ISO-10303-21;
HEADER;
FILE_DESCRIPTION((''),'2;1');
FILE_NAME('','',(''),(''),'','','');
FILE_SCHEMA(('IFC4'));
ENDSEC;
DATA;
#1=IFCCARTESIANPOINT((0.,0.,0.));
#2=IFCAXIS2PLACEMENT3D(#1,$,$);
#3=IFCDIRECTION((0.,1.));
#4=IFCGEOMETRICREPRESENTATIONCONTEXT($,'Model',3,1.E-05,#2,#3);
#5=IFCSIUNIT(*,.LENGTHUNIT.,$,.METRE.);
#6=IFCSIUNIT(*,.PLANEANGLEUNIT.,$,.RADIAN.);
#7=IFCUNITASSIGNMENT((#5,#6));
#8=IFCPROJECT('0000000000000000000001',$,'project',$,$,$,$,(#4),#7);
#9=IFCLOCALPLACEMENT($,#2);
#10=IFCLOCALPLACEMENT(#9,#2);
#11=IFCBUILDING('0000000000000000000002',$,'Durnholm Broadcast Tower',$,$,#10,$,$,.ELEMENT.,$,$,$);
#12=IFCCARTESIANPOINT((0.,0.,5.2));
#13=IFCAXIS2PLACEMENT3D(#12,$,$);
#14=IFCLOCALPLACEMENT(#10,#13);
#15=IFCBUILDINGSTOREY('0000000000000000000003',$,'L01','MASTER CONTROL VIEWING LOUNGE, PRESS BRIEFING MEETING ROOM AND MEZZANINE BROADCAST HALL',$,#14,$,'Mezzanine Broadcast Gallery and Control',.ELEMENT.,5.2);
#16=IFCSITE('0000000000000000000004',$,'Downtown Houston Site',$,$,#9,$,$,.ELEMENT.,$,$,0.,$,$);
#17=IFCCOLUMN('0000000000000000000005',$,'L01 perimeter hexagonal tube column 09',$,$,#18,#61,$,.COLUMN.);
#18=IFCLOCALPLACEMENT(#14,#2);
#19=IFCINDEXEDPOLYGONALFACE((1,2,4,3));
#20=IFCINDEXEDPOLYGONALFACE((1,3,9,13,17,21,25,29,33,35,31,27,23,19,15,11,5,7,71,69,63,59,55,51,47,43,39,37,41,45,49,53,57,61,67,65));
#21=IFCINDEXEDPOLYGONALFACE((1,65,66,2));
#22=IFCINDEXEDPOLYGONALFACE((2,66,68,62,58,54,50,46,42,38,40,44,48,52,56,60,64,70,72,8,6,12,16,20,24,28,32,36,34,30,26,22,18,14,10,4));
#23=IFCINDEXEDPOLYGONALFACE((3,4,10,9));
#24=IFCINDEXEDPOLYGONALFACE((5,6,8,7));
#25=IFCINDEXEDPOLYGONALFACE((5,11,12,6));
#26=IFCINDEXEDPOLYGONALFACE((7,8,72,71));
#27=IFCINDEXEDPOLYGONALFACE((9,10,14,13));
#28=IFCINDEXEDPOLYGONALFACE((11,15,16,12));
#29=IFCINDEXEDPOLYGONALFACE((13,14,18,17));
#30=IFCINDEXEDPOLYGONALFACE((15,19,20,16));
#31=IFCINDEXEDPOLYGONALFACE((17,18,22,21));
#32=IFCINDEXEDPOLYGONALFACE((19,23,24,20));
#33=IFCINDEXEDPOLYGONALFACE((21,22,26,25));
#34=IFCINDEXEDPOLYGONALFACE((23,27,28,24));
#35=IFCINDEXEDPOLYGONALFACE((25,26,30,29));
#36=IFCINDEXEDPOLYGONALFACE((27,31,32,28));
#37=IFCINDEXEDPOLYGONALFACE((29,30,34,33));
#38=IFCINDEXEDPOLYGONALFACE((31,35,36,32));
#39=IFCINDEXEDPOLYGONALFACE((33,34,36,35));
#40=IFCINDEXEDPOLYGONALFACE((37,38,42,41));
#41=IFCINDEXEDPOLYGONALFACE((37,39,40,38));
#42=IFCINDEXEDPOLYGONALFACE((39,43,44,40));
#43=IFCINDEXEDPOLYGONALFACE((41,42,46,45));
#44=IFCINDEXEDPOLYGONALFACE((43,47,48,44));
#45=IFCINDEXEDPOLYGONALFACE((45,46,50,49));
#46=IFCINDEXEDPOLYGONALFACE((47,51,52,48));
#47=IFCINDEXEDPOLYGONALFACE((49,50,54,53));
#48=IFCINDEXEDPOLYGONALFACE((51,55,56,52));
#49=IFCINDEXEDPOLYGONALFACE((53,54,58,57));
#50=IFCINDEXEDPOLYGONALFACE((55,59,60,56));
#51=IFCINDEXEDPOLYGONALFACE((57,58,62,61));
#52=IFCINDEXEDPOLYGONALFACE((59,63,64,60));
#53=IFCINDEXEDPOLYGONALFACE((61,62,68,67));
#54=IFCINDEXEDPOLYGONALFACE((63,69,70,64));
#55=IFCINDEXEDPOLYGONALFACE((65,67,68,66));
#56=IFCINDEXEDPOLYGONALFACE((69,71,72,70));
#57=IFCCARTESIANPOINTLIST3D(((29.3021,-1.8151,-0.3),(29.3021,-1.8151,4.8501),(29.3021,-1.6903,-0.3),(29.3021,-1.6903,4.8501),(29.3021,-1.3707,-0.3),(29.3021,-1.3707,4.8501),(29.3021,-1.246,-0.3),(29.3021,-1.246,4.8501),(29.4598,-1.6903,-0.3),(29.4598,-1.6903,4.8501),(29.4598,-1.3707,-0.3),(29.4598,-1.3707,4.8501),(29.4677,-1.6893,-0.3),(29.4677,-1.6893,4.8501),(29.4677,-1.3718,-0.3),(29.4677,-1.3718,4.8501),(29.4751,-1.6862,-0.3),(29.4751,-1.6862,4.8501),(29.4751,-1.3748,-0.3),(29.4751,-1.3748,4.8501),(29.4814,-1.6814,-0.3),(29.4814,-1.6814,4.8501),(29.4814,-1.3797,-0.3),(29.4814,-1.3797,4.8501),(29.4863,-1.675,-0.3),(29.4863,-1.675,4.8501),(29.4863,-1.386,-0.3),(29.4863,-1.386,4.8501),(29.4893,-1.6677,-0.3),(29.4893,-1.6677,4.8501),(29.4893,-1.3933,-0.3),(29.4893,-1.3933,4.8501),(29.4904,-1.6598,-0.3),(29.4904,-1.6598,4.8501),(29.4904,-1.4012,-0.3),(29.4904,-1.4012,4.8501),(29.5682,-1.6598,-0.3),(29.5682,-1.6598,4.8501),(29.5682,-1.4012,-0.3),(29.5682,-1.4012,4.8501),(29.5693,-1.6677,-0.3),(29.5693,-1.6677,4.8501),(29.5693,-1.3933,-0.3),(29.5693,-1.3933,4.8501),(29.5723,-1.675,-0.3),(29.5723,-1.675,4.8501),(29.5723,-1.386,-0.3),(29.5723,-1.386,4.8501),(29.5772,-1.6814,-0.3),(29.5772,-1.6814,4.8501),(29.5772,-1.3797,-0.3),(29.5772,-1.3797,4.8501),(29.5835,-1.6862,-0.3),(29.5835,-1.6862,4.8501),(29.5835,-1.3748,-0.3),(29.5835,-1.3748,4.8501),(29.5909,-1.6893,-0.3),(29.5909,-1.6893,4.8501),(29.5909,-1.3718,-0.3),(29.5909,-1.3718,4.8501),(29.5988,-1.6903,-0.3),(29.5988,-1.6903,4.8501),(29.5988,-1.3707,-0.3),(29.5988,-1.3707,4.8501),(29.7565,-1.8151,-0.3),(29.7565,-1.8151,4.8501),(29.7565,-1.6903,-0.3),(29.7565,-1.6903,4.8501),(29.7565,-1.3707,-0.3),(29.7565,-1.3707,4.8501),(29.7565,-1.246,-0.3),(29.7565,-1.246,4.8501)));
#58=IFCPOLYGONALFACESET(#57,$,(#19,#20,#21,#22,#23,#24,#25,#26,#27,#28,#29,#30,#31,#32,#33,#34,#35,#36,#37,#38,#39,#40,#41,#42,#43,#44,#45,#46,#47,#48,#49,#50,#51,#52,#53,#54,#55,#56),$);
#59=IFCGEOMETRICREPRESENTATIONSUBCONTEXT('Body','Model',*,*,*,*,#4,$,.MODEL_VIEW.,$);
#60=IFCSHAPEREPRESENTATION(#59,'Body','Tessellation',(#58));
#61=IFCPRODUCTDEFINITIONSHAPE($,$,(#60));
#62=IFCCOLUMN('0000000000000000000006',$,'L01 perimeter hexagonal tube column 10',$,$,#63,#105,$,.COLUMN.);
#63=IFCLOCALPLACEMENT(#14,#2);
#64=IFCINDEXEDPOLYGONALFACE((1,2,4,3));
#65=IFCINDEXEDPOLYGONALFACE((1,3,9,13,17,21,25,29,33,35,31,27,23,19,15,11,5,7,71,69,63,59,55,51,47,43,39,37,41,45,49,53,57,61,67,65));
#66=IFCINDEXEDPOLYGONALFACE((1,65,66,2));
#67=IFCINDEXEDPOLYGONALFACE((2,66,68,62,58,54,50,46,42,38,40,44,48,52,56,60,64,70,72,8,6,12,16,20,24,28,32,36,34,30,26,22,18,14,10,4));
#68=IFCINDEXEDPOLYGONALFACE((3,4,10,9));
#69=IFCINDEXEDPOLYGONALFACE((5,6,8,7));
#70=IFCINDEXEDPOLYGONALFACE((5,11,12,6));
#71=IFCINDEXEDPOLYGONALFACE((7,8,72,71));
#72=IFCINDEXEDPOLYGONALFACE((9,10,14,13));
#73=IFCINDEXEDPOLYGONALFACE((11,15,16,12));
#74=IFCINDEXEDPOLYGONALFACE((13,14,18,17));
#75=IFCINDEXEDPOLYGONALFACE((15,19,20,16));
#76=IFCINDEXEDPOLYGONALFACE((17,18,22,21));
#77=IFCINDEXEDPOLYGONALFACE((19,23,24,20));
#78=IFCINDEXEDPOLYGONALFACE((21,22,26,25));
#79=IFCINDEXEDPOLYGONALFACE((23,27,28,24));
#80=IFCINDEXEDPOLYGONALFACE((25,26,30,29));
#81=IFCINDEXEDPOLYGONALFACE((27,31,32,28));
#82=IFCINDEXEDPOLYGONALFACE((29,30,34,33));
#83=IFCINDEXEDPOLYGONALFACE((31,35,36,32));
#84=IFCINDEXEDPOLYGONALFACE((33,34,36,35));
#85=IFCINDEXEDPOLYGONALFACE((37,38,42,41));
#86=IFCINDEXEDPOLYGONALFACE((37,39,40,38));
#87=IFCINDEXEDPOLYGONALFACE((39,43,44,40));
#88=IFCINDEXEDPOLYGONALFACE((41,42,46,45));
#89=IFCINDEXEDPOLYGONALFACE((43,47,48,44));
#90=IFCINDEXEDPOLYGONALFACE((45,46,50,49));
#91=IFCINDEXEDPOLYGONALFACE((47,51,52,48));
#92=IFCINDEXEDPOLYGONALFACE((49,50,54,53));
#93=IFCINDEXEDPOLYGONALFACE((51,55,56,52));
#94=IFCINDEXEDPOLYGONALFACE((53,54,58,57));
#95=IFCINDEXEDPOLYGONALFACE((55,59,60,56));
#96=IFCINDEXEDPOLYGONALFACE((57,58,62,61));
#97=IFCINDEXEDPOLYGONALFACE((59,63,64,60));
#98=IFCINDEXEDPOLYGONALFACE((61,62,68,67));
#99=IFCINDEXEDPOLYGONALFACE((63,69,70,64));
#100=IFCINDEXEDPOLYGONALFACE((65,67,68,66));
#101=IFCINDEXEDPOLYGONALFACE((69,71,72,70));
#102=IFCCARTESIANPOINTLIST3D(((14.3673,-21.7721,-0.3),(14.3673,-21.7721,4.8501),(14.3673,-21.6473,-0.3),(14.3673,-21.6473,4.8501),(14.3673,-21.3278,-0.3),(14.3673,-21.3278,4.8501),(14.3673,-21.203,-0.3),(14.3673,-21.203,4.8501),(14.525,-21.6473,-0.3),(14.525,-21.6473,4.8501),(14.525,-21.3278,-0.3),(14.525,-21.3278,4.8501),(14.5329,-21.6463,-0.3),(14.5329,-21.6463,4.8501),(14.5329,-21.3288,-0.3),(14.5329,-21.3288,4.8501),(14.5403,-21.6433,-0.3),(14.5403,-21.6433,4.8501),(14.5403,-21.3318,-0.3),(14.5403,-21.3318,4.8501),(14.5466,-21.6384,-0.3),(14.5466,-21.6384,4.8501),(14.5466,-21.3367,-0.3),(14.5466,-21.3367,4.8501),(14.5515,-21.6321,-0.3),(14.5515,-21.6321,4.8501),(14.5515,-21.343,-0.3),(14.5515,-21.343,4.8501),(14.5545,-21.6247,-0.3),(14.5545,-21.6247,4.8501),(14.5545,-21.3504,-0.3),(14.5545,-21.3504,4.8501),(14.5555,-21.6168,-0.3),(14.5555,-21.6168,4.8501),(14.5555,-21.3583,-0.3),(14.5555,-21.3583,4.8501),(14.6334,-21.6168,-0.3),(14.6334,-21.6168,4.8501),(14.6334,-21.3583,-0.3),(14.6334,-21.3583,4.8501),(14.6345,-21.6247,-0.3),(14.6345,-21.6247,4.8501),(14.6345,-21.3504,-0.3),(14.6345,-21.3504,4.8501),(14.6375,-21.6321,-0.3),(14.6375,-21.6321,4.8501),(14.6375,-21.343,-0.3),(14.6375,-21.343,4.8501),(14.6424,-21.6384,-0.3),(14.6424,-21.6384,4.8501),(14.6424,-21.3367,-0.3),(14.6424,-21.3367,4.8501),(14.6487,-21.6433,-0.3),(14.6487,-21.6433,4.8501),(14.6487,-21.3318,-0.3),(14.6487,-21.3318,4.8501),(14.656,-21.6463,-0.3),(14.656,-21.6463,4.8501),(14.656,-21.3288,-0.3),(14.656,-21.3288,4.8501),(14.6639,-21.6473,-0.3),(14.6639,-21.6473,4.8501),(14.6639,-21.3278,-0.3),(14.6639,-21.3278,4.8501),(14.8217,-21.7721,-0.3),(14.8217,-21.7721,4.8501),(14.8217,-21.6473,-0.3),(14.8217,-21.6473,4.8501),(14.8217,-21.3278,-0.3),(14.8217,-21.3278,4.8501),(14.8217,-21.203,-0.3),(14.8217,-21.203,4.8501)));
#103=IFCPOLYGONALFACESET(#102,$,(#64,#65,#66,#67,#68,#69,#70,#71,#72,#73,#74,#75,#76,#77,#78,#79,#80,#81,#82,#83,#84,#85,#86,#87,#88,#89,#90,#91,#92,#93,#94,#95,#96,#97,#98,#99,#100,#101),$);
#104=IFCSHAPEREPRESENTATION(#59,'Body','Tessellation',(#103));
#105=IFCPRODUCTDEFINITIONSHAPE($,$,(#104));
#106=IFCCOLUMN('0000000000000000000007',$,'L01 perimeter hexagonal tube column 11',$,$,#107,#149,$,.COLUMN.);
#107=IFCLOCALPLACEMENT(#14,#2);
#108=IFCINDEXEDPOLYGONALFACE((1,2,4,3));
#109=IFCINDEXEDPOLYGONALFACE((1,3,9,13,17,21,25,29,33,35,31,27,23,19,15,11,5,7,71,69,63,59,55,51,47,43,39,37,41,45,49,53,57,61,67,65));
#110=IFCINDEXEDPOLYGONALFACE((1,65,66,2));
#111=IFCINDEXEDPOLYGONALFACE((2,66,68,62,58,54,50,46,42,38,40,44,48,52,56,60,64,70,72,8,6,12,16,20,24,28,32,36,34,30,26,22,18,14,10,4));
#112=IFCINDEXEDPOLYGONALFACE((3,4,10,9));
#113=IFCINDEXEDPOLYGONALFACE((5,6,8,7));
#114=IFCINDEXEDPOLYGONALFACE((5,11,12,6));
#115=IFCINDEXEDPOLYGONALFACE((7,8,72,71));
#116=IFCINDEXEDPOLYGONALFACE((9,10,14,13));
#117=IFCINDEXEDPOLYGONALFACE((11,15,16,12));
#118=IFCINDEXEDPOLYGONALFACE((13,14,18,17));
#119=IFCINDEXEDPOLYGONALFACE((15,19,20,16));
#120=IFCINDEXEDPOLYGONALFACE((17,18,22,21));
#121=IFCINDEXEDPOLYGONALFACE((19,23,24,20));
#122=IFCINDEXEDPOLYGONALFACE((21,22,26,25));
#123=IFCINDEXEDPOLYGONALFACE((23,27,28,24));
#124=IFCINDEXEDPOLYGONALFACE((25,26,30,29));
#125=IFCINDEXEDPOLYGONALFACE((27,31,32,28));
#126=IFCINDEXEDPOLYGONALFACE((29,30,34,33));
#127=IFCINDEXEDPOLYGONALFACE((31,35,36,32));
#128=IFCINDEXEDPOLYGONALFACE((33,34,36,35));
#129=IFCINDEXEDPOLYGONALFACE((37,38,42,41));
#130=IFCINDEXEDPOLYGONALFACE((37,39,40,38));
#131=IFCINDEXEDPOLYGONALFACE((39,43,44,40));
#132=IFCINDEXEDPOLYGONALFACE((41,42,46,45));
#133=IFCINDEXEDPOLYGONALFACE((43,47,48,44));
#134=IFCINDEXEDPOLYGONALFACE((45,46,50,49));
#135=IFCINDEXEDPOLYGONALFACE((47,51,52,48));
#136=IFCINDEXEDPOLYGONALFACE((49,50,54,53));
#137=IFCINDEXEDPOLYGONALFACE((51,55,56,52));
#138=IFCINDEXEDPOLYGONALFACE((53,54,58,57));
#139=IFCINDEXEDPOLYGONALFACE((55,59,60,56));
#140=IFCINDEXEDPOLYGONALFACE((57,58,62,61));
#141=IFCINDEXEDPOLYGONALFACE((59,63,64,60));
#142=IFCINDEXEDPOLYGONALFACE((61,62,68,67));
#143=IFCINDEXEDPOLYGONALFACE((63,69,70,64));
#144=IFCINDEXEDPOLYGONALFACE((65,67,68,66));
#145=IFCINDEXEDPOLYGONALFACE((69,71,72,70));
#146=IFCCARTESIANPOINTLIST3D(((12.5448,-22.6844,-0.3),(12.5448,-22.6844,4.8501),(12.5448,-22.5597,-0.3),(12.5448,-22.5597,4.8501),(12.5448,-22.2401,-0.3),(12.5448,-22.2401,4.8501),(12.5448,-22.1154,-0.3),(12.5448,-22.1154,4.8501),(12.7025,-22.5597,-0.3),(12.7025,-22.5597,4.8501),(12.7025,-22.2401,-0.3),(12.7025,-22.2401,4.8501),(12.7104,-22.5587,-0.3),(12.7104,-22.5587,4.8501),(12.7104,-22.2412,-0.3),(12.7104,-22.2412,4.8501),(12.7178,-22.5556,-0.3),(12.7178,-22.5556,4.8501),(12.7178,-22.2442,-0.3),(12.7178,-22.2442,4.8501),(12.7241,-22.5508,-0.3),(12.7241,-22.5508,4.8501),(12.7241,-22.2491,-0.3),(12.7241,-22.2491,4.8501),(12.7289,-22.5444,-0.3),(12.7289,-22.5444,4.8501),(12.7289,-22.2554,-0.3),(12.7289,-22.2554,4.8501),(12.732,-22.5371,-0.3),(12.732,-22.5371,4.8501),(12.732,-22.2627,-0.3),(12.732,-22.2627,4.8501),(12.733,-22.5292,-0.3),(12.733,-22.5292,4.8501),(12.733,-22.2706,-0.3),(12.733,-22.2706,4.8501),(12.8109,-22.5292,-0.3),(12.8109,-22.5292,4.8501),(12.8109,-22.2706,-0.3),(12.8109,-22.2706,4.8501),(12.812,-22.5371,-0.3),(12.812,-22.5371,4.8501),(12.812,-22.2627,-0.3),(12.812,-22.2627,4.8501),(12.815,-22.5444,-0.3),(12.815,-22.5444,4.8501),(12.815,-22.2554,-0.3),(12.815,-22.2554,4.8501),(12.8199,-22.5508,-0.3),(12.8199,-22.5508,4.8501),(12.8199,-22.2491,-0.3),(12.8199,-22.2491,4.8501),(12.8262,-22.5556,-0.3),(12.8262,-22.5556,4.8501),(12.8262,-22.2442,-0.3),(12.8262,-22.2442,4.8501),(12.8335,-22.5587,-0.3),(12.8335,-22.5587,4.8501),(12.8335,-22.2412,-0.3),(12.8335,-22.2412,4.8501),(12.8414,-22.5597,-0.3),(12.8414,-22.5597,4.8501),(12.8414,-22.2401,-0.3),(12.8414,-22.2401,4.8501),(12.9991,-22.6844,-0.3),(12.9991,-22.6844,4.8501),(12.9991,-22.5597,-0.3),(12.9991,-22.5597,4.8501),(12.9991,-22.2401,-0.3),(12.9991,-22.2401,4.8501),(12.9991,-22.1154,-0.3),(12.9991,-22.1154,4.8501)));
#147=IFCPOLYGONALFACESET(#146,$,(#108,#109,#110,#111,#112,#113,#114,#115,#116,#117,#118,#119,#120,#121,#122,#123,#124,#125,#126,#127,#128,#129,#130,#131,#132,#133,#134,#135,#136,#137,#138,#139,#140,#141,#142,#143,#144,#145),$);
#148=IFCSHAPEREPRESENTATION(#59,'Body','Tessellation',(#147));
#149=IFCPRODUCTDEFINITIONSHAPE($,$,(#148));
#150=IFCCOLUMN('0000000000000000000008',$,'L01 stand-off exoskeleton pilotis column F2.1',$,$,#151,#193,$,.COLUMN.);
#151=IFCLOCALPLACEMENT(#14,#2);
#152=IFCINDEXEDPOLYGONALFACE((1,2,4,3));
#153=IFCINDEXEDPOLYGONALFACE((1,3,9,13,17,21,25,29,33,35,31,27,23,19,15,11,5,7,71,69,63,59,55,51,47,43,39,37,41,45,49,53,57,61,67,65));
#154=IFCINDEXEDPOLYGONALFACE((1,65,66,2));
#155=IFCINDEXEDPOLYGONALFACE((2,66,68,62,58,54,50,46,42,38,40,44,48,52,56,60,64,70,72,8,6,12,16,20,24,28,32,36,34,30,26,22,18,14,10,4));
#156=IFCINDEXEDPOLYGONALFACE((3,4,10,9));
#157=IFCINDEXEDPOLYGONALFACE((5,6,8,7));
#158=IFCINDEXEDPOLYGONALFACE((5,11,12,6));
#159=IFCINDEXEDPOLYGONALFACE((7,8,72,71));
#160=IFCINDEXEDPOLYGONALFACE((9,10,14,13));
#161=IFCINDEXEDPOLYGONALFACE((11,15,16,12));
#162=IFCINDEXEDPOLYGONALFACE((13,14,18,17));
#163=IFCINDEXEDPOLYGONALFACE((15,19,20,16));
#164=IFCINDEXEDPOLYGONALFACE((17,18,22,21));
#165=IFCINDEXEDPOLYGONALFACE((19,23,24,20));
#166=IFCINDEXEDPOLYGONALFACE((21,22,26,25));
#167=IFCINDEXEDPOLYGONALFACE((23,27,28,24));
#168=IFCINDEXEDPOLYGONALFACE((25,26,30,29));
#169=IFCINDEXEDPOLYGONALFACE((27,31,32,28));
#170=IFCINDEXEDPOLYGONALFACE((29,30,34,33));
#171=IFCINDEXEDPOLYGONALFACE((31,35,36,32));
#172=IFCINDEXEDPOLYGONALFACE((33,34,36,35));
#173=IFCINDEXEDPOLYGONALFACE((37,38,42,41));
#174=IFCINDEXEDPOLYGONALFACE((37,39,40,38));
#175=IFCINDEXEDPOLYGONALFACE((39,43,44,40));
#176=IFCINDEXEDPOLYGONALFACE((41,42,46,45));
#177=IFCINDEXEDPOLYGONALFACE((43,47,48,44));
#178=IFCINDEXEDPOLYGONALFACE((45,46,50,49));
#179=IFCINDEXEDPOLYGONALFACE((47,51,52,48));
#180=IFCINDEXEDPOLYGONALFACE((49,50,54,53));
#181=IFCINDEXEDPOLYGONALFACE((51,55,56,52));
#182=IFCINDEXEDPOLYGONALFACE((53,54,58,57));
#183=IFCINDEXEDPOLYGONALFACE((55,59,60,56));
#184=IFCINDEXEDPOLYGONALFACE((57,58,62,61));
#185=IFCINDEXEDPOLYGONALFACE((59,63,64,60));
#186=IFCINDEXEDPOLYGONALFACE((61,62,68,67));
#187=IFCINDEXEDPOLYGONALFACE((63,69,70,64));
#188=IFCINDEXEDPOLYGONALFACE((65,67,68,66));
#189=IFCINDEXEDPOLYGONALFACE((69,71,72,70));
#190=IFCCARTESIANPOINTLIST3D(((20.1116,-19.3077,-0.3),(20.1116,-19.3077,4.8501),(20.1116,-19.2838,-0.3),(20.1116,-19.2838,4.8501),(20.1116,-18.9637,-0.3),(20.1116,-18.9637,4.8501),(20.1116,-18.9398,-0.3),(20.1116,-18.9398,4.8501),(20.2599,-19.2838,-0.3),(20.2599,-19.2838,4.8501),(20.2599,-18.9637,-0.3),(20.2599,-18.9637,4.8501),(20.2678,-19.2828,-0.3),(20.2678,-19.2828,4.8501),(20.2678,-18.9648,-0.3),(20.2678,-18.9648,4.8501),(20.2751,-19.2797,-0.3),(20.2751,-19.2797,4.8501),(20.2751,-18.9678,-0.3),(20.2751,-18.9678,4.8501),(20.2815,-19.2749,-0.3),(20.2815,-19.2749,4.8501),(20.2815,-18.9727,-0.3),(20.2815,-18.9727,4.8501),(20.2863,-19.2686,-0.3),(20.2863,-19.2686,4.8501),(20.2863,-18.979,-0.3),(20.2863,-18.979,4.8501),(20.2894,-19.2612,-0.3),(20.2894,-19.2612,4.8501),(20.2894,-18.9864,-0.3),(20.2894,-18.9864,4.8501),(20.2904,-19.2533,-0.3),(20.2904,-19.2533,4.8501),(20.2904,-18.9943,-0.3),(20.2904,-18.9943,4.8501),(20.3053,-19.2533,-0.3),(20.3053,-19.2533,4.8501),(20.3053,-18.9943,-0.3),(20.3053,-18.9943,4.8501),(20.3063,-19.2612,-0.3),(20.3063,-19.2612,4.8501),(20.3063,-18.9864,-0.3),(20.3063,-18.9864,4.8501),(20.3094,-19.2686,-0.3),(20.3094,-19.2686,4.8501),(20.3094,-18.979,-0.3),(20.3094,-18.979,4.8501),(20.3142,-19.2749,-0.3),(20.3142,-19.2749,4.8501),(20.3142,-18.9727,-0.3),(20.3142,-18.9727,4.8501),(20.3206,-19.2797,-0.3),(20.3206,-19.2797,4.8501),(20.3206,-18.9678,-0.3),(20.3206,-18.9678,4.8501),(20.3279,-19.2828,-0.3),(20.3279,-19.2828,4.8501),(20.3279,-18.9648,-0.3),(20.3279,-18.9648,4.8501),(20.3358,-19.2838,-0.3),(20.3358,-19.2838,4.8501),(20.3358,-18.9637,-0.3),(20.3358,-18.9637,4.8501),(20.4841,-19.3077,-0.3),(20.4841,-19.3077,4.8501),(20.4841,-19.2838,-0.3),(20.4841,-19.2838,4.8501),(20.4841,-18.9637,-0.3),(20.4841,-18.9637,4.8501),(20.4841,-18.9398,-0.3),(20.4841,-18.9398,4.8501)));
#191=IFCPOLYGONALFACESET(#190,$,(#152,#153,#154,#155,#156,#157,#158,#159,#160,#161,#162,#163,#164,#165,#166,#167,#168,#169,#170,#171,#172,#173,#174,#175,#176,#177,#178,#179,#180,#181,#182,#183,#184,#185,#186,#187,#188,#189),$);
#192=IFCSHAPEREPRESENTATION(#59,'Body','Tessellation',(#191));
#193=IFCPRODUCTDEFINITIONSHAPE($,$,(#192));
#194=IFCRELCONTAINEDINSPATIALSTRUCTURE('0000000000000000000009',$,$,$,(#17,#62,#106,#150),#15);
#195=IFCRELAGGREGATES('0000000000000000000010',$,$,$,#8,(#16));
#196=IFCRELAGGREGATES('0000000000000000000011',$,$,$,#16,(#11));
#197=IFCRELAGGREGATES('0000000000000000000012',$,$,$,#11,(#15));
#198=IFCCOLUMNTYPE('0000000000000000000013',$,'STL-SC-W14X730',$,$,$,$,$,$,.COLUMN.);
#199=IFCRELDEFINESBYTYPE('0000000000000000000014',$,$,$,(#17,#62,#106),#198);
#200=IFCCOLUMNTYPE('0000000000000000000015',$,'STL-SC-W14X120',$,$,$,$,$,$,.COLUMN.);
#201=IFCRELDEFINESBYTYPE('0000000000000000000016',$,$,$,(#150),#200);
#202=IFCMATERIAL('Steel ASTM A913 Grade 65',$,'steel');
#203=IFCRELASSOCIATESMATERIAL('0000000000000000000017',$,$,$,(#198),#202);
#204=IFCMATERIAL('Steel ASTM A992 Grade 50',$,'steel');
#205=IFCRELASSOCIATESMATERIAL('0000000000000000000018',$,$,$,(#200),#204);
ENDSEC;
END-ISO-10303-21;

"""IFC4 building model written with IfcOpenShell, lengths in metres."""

from ifc_helpers import new_model, si_unit, direction, frame, origin, origin_2d, place, context, subcontext, project, spatial, i_section, extrude, source, transform, mapped, material, material_profile, profile_set, type_object, type_shapes, element, save


model = new_model("IFC4")

# Units and contexts
model_context = context("Model", 3, precision=1e-05, world=origin(), true_north=direction((0.0, 1.0)))
body_context = subcontext(model_context, "Body", "Model", "MODEL_VIEW")
ifc_project = project(units=[si_unit("LENGTHUNIT", "METRE"), si_unit("PLANEANGLEUNIT", "RADIAN")], contexts=[model_context])

# Site, building, storey
site_placement = place(None, origin())
site = spatial("IfcSite", under=ifc_project, at=site_placement, Name="Downtown Houston Site", CompositionType="ELEMENT", RefElevation=0.0)
building_placement = place(site_placement, origin())
building = spatial("IfcBuilding", under=site, at=building_placement, Name="Durnholm Broadcast Tower", CompositionType="ELEMENT")
storey_placement = place(building_placement, frame((0.0, 0.0, 5.2)))
storey = spatial("IfcBuildingStorey", under=building, at=storey_placement, Name="L01", Description="MASTER CONTROL VIEWING LOUNGE, PRESS BRIEFING MEETING ROOM AND MEZZANINE BROADCAST HALL", LongName="Mezzanine Broadcast Gallery and Control", CompositionType="ELEMENT", Elevation=5.2)

# Columns
ifc_material_1 = material(Name="Steel ASTM A913 Grade 65", Category="steel")
ifc_material_profile_1 = material_profile(ifc_material_1, i_section(OverallWidth=0.4543, OverallDepth=0.5691, WebThickness=0.0779, FlangeThickness=0.1248, FilletRadius=0.0305, at=origin_2d()), Name="W14X730")
ifc_profile_set_1 = profile_set([ifc_material_profile_1], Name="Steel ASTM A913 Grade 65")
column_type_1 = type_object("IfcColumnType", Name="STL-SC-W14X730", PredefinedType="COLUMN", material=ifc_profile_set_1)
shared_shape_1 = source(origin(), body_context, "Body", "SweptSolid", [
    extrude(i_section(OverallWidth=0.4543, OverallDepth=0.5691, WebThickness=0.0779, FlangeThickness=0.1248, FilletRadius=0.0305, at=origin_2d()), origin(), (0.0, 0.0, 1.0), 5.1501),
])
type_shapes(column_type_1, [shared_shape_1])
for number, where, z_axis, x_axis, name in (
    (1, (29.5293, -1.5305, -0.3), (0.0, 0.0, 1.0), (1.0, 0.0, 0.0), "L01 perimeter hexagonal tube column 09"),
    (2, (14.5945, -21.4875, -0.3), (0.0, 0.0, 1.0), (1.0, 0.0, 0.0), "L01 perimeter hexagonal tube column 10"),
    (3, (12.772, -22.3999, -0.3), (0.0, 0.0, 1.0), (1.0, 0.0, 0.0), "L01 perimeter hexagonal tube column 11"),
):
    element("IfcColumn", number, at=place(storey_placement, frame(where, z_axis=z_axis, x_axis=x_axis)), inside=storey, type_object=column_type_1, Name=name, PredefinedType="COLUMN", context=body_context, shape_type="MappedRepresentation", body=[
        mapped(shared_shape_1, transform((0.0, 0.0, 0.0), x_axis=(1.0, 0.0, 0.0), y_axis=(0.0, 1.0, 0.0), z_axis=(0.0, 0.0, 1.0), scale=1.0)),
    ])
ifc_material_2 = material(Name="Steel ASTM A992 Grade 50", Category="steel")
ifc_material_profile_2 = material_profile(ifc_material_2, i_section(OverallWidth=0.3726, OverallDepth=0.3679, WebThickness=0.0149, FlangeThickness=0.0239, FilletRadius=0.0305, at=origin_2d()), Name="W14X120")
ifc_profile_set_2 = profile_set([ifc_material_profile_2], Name="Steel ASTM A992 Grade 50")
column_type_2 = type_object("IfcColumnType", Name="STL-SC-W14X120", PredefinedType="COLUMN", material=ifc_profile_set_2)
shared_shape_2 = source(origin(), body_context, "Body", "SweptSolid", [
    extrude(i_section(OverallWidth=0.3726, OverallDepth=0.3679, WebThickness=0.0149, FlangeThickness=0.0239, FilletRadius=0.0305, at=origin_2d()), origin(), (0.0, 0.0, 1.0), 5.1501),
])
type_shapes(column_type_2, [shared_shape_2])
for number, where, z_axis, x_axis, name in (
    (4, (20.2979, -19.1238, -0.3), (0.0, 0.0, 1.0), (1.0, 0.0, 0.0), "L01 stand-off exoskeleton pilotis column F2.1"),
):
    element("IfcColumn", number, at=place(storey_placement, frame(where, z_axis=z_axis, x_axis=x_axis)), inside=storey, type_object=column_type_2, Name=name, PredefinedType="COLUMN", context=body_context, shape_type="MappedRepresentation", body=[
        mapped(shared_shape_2, transform((0.0, 0.0, 0.0), x_axis=(1.0, 0.0, 0.0), y_axis=(0.0, 1.0, 0.0), z_axis=(0.0, 0.0, 1.0), scale=1.0)),
    ])

save(model, "model.ifc")
